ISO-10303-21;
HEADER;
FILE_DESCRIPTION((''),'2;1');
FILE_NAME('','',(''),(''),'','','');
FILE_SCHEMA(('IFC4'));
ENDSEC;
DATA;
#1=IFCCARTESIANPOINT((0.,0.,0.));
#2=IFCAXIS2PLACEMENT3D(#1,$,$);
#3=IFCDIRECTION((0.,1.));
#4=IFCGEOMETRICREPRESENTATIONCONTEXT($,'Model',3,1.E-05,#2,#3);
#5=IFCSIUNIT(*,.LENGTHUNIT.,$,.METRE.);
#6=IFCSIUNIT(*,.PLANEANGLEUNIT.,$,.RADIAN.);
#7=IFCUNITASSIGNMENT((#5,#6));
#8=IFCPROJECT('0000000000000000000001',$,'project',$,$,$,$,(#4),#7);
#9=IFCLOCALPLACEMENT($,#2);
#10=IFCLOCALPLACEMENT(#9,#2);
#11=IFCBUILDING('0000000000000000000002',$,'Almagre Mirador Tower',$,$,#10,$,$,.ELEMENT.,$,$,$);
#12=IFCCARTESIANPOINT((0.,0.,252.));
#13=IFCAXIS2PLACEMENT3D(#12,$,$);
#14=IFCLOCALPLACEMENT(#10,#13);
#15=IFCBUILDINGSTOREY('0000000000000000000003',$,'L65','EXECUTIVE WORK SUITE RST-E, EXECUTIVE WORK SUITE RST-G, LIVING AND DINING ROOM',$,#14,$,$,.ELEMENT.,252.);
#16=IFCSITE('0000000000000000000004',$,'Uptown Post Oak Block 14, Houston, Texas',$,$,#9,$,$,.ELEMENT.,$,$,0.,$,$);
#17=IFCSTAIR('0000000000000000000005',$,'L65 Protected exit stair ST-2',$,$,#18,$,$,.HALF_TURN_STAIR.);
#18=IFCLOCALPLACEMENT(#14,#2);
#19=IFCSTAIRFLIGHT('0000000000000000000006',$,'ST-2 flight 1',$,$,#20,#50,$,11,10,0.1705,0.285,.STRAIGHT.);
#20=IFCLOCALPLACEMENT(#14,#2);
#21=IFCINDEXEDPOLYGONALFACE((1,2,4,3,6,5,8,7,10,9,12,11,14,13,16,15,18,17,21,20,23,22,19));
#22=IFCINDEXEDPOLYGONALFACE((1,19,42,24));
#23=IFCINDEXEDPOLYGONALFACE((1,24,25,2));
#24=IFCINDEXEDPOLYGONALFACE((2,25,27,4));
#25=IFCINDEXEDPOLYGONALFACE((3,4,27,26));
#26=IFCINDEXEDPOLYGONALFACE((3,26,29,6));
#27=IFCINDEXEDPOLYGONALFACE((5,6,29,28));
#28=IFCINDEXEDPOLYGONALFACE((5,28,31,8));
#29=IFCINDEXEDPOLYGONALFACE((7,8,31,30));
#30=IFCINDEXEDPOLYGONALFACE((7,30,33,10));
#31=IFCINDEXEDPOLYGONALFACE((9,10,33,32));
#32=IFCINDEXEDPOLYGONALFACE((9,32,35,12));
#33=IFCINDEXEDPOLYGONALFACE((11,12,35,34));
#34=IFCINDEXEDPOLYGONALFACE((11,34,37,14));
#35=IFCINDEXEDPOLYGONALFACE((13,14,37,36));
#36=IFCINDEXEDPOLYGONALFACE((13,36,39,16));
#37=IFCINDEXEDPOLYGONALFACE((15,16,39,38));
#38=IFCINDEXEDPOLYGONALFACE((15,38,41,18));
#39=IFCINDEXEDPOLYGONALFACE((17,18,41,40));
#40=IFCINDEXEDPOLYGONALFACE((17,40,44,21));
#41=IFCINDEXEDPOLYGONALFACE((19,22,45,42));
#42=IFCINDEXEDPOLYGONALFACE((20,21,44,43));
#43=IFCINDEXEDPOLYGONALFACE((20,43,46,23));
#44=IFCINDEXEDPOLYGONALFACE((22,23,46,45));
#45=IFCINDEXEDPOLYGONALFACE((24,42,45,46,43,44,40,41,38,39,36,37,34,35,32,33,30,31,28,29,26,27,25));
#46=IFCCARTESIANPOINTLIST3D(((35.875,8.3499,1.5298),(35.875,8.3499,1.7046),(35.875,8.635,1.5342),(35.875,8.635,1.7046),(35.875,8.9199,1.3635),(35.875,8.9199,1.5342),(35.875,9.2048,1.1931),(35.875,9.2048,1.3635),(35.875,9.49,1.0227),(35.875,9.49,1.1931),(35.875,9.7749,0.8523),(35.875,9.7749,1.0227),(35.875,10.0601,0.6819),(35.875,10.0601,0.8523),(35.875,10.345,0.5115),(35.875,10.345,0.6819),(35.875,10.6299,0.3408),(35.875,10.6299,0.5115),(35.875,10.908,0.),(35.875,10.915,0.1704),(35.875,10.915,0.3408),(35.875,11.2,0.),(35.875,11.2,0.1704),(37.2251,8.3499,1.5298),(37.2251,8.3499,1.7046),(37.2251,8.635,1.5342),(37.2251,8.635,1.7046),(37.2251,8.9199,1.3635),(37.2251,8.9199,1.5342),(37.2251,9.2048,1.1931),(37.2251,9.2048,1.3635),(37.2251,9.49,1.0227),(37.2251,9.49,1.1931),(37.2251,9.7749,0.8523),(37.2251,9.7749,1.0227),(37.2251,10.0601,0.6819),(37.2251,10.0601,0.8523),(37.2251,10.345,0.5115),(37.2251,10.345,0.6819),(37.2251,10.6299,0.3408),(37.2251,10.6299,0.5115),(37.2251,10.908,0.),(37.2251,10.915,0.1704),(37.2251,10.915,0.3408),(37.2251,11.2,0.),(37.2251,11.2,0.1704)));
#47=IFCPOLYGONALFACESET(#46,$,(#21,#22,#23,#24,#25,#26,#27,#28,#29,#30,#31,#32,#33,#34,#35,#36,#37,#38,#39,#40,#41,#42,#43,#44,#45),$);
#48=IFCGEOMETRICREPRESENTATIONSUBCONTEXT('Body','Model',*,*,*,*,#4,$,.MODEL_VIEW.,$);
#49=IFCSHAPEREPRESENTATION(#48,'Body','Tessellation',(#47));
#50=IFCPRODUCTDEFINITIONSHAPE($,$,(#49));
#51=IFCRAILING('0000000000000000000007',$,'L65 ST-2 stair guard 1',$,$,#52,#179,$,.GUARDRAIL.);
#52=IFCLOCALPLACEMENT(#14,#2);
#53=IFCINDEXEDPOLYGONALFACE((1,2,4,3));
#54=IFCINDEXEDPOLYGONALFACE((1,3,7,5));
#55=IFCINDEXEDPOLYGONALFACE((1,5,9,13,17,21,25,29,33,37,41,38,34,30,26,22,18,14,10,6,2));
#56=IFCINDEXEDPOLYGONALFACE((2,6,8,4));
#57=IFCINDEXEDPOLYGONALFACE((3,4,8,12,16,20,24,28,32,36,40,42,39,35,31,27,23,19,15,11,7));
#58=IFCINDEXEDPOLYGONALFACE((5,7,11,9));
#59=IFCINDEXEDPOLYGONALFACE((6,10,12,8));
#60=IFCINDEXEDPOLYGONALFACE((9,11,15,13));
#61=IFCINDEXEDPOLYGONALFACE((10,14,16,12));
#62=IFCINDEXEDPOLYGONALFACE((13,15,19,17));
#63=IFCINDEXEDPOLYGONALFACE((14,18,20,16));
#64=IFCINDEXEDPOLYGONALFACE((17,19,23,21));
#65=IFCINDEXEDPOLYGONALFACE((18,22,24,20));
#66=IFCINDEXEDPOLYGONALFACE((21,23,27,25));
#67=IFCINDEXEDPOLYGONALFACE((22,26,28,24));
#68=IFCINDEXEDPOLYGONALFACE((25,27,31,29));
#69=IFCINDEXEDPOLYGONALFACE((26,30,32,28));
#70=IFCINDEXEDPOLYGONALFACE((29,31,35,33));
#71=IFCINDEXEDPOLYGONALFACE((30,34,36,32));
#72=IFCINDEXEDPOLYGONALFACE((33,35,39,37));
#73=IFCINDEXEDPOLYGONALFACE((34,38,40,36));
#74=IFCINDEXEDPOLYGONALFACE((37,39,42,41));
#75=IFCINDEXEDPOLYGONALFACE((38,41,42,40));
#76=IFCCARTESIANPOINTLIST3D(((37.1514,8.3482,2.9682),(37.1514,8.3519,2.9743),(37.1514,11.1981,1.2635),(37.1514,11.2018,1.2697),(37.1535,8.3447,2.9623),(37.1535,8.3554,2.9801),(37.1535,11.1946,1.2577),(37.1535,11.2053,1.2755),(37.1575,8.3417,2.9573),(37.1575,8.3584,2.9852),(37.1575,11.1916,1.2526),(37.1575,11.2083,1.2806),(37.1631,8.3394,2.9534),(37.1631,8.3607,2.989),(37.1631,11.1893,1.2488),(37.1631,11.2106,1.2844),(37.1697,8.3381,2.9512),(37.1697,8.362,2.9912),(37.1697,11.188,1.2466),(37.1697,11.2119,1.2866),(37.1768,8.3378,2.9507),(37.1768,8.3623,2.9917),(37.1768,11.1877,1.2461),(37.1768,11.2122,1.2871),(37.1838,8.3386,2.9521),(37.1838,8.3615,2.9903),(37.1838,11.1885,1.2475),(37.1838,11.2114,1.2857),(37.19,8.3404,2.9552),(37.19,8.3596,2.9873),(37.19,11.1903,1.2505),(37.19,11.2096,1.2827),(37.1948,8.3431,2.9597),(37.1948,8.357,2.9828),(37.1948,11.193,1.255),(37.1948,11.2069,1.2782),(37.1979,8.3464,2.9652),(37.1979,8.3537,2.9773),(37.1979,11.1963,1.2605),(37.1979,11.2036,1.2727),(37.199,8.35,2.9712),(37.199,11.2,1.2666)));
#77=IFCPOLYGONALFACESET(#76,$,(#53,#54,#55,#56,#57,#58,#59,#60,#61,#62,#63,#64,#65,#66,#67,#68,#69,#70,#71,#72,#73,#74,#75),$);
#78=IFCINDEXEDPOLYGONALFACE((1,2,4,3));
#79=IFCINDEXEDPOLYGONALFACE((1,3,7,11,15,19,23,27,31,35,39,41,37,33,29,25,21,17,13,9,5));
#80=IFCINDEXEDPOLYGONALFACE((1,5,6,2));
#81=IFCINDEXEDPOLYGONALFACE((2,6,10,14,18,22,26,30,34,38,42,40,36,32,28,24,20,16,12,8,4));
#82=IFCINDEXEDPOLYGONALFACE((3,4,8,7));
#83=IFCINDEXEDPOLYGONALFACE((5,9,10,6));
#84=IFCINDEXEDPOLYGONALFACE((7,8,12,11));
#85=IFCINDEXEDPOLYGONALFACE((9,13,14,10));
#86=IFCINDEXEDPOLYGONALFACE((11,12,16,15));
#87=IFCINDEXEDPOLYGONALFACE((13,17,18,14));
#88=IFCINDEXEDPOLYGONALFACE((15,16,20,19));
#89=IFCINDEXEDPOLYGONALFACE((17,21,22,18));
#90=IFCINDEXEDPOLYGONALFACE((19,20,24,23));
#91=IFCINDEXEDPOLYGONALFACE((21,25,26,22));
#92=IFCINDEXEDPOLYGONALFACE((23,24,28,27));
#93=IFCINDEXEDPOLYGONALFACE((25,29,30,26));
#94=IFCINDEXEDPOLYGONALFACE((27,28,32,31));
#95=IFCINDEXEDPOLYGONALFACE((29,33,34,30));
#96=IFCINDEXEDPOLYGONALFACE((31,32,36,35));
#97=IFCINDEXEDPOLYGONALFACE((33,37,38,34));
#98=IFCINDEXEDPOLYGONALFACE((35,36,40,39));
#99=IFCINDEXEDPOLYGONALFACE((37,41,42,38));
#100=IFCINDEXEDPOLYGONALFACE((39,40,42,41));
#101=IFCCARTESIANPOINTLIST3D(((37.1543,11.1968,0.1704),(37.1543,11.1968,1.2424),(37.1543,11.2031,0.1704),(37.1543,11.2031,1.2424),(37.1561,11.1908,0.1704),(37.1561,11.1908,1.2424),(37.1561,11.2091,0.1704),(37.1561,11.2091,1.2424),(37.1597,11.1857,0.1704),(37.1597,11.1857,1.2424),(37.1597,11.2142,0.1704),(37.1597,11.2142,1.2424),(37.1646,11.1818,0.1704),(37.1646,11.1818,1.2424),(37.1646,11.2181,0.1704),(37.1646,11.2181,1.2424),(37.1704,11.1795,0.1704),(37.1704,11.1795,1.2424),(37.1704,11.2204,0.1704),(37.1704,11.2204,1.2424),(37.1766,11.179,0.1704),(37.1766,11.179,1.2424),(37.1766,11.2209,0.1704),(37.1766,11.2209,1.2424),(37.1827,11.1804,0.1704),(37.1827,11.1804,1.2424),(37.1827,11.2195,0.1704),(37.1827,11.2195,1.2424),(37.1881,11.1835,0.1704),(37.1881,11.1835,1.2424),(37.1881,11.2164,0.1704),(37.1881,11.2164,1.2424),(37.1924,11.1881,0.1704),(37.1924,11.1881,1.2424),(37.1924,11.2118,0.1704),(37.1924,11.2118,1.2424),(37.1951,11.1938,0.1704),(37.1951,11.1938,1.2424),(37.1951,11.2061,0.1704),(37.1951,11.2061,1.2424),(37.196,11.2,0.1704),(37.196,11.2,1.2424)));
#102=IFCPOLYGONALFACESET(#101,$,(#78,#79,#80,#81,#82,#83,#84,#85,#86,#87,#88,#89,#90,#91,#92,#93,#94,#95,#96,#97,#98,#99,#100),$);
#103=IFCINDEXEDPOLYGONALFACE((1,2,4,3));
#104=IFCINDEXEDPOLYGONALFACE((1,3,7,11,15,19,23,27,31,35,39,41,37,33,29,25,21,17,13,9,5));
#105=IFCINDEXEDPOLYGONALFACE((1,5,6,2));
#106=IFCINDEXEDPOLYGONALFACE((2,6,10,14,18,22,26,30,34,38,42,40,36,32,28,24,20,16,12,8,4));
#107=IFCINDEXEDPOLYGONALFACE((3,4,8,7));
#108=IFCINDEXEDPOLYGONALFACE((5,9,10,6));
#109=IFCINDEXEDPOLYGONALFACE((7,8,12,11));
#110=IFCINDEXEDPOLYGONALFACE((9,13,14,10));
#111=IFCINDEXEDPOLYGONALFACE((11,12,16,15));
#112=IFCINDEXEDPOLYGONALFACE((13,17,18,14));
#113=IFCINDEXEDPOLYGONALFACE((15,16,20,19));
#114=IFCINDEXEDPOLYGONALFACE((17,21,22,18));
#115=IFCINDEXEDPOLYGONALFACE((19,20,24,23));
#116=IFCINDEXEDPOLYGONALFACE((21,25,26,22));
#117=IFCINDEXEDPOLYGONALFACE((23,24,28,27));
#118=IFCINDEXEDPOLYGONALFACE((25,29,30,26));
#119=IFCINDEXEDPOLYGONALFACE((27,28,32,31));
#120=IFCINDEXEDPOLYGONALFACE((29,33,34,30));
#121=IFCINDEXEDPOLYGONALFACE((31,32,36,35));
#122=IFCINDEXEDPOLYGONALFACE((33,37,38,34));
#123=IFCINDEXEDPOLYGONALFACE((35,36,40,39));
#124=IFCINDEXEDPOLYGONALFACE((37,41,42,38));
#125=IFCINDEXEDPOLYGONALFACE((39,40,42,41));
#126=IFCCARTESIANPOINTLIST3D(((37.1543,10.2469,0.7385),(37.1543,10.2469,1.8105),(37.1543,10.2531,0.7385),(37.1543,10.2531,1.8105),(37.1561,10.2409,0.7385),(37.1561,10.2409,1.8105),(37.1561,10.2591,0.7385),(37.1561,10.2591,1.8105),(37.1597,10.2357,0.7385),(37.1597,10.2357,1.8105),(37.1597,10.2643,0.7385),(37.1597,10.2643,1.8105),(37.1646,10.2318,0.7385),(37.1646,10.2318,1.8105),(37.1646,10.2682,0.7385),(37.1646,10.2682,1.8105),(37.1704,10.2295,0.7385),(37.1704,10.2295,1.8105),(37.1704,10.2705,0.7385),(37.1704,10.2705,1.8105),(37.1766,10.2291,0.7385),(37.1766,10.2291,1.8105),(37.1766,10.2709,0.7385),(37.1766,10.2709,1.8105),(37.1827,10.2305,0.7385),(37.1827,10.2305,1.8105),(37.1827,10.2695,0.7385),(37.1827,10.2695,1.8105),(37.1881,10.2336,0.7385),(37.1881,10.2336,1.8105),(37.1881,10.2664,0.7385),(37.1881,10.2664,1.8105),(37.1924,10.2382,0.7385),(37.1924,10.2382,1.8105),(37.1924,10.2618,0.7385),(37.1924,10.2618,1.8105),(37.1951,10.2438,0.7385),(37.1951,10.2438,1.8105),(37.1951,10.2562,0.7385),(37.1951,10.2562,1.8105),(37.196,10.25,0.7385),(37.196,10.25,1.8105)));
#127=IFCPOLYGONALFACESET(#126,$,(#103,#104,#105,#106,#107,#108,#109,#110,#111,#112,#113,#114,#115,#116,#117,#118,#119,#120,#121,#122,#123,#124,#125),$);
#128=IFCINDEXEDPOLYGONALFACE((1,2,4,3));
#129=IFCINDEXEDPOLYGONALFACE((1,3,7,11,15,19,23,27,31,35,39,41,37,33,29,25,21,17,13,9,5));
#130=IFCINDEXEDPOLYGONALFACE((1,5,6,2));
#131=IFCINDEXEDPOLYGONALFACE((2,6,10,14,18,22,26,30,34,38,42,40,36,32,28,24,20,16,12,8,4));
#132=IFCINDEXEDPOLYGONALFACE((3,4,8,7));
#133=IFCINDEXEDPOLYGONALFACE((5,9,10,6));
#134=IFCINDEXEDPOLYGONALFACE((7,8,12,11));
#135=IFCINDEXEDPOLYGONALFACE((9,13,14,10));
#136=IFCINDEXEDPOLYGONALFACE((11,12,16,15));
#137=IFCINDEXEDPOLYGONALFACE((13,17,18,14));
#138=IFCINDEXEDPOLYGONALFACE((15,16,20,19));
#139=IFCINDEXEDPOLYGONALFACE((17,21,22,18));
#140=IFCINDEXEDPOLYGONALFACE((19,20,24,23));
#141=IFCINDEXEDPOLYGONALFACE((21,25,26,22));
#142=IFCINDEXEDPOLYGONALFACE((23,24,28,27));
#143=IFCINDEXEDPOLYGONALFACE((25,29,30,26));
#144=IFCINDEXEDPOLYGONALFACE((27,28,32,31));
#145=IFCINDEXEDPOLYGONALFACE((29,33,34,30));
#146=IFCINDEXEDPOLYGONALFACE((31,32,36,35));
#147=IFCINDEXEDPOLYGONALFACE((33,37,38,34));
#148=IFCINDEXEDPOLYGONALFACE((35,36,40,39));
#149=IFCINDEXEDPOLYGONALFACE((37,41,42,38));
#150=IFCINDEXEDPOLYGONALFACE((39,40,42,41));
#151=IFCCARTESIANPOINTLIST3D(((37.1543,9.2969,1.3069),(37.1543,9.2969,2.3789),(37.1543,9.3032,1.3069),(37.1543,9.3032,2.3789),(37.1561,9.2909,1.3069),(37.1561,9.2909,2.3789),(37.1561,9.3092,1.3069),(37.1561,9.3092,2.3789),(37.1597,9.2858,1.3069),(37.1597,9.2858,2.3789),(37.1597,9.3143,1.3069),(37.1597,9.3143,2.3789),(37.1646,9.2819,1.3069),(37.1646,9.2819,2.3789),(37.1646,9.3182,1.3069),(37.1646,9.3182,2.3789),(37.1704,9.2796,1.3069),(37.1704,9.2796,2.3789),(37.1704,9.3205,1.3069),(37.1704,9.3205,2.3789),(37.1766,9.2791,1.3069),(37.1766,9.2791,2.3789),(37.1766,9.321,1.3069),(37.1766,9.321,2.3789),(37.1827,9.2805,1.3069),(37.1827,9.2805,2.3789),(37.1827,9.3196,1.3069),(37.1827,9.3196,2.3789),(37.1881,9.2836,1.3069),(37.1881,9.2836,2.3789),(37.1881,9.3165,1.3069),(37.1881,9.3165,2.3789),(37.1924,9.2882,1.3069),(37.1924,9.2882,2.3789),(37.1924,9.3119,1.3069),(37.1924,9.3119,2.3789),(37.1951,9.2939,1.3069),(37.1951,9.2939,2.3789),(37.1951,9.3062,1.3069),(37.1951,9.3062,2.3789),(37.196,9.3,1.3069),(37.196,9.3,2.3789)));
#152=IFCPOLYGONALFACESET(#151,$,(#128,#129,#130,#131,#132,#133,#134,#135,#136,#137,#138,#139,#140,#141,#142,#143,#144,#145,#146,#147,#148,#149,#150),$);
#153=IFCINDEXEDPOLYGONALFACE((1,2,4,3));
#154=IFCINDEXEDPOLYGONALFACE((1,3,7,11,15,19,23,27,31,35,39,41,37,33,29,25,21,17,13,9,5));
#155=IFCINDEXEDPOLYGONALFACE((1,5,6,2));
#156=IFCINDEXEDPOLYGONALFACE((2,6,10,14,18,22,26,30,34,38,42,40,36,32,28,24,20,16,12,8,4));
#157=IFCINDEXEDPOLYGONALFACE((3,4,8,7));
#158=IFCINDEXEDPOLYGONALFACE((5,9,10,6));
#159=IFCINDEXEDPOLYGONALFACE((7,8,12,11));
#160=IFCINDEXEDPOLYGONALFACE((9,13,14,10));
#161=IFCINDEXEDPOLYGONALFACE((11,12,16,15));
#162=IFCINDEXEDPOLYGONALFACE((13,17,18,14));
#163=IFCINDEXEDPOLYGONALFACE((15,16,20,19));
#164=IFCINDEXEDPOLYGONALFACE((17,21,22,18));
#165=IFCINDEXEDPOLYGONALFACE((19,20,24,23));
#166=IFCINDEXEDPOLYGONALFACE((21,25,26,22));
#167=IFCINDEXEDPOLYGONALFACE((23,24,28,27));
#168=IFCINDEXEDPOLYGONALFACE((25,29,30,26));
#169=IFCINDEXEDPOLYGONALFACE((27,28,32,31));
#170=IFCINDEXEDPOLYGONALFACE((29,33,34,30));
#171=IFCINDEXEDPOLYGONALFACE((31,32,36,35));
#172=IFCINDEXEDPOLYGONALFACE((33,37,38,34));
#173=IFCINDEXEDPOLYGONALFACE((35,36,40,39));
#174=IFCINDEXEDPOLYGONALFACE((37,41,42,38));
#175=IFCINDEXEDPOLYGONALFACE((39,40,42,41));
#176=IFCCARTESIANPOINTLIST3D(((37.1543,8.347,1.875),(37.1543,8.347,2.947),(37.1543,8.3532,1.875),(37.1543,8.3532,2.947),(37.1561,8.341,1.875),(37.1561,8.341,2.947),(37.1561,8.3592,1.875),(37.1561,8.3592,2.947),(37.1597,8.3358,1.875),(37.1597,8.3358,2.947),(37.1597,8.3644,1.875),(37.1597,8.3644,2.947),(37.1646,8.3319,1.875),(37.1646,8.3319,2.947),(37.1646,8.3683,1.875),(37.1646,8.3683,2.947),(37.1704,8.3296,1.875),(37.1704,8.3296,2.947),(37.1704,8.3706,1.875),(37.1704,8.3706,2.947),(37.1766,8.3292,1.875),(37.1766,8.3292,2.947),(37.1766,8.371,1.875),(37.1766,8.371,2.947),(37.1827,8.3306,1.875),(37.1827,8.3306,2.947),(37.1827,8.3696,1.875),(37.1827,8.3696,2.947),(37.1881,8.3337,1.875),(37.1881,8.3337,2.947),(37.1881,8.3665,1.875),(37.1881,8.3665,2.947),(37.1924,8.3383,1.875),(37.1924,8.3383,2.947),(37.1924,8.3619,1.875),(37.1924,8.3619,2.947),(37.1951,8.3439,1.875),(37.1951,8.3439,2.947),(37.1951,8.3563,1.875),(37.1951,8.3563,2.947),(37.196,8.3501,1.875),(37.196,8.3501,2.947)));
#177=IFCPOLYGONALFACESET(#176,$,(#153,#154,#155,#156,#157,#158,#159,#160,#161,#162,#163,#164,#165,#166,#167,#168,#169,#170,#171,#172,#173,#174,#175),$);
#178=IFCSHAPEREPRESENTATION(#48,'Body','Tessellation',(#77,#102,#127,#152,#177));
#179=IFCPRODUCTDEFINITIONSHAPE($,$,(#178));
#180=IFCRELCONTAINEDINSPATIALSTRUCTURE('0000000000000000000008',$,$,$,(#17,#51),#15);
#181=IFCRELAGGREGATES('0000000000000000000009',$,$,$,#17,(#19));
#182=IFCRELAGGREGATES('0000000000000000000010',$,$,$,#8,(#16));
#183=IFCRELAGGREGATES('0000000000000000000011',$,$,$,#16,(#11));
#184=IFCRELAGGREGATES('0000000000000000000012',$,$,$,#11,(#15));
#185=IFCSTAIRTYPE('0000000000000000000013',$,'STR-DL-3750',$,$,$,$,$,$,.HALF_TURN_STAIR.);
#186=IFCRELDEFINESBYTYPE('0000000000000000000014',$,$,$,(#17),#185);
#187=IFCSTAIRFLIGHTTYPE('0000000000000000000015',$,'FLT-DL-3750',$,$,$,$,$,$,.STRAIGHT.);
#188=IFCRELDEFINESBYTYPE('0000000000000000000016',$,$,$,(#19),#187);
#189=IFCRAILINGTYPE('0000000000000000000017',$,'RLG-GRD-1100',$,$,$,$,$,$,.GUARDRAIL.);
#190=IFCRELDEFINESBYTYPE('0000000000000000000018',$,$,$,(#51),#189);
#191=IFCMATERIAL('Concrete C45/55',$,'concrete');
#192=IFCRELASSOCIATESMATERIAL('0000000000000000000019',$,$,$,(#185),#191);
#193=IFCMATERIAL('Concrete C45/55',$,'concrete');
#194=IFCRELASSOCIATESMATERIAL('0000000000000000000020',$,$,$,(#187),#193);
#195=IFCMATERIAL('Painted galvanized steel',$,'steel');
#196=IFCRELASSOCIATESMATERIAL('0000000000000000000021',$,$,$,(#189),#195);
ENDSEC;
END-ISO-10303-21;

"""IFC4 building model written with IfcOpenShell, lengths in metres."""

from ifc_helpers import new_model, si_unit, direction, frame, origin, origin_2d, place, context, subcontext, project, spatial, polyline, circle, outline, extrude, material, type_object, element, aggregate, save


model = new_model("IFC4")

# Units and contexts
model_context = context("Model", 3, precision=1e-05, world=origin(), true_north=direction((0.0, 1.0)))
body_context = subcontext(model_context, "Body", "Model", "MODEL_VIEW")
ifc_project = project(units=[si_unit("LENGTHUNIT", "METRE"), si_unit("PLANEANGLEUNIT", "RADIAN")], contexts=[model_context])

# Site, building, storey
site_placement = place(None, origin())
site = spatial("IfcSite", under=ifc_project, at=site_placement, Name="Uptown Post Oak Block 14, Houston, Texas", CompositionType="ELEMENT", RefElevation=0.0)
building_placement = place(site_placement, origin())
building = spatial("IfcBuilding", under=site, at=building_placement, Name="Almagre Mirador Tower", CompositionType="ELEMENT")
storey_placement = place(building_placement, frame((0.0, 0.0, 252.0)))
storey = spatial("IfcBuildingStorey", under=building, at=storey_placement, Name="L65", Description="EXECUTIVE WORK SUITE RST-E, EXECUTIVE WORK SUITE RST-G, LIVING AND DINING ROOM", CompositionType="ELEMENT", Elevation=252.0)

# Stair, stair flight
ifc_material_1 = material(Name="Concrete C45/55", Category="concrete")
stair_type = type_object("IfcStairType", Name="STR-DL-3750", PredefinedType="HALF_TURN_STAIR", material=ifc_material_1)
ifc_material_2 = material(Name="Concrete C45/55", Category="concrete")
stair_flight_type = type_object("IfcStairFlightType", Name="FLT-DL-3750", PredefinedType="STRAIGHT", material=ifc_material_2)
stair_1_placement = place(storey_placement, origin())
stair_1 = element("IfcStair", 1, at=stair_1_placement, inside=storey, type_object=stair_type, Name="L65 Protected exit stair ST-2", PredefinedType="HALF_TURN_STAIR")
stair_flight_1_placement = place(storey_placement, frame((36.55, 11.2, 0.0), z_axis=(0.0, 0.0, 1.0), x_axis=(0.0, -1.0, 0.0)))
stair_flight_1 = element("IfcStairFlight", 2, at=stair_flight_1_placement, type_object=stair_flight_type, Name="ST-2 flight 1", NumberOfRisers=11, NumberOfTreads=10, PredefinedType="STRAIGHT", RiserHeight=0.1705, TreadLength=0.285, context=body_context, shape_type="SweptSolid", body=[
    extrude(outline(polyline([(0.0, 0.0), (0.0, 0.1704), (0.2849, 0.1704), (0.2849, 0.3408), (0.5701, 0.3408), (0.5701, 0.5115), (0.855, 0.5115), (0.855, 0.6819), (1.1399, 0.6819), (1.1399, 0.8523), (1.425, 0.8523), (1.425, 1.0227), (1.71, 1.0227), (1.71, 1.1931), (1.9951, 1.1931), (1.9951, 1.3635), (2.28, 1.3635), (2.28, 1.5342), (2.5649, 1.5342), (2.5649, 1.7046), (2.8501, 1.7046), (2.8501, 1.875), (2.8501, 1.5298), (0.292, 0.0), (0.0, 0.0)])), frame((0.0, 0.675, 0.0), z_axis=(0.0, -1.0, 0.0), x_axis=(1.0, 0.0, 0.0)), (0.0, 0.0, 1.0), 1.3501),
])
aggregate(stair_1, [stair_flight_1])

# Railing
ifc_material_3 = material(Name="Painted galvanized steel", Category="steel")
railing_type_1 = type_object("IfcRailingType", Name="RLG-GRD-1100", PredefinedType="GUARDRAIL", material=ifc_material_3)
railing_1_placement = place(storey_placement, frame((37.175, 11.2, 0.1704)))
element("IfcRailing", 3, at=railing_1_placement, inside=storey, type_object=railing_type_1, Name="L65 ST-2 stair guard 1", PredefinedType="GUARDRAIL", context=body_context, shape_type="SweptSolid", body=[
    extrude(circle(Radius=0.0239, at=origin_2d()), frame((0.0, 0.0, 1.0962), z_axis=(0.0, -0.858199, 0.513317), x_axis=(1.0, 0.0, 0.0)), (0.0, 0.0, 1.0), 3.3208),
    extrude(circle(Radius=0.021, at=origin_2d()), origin(), (0.0, 0.0, 1.0), 1.072),
    extrude(circle(Radius=0.021, at=origin_2d()), frame((0.0, -0.95, 0.5681)), (0.0, 0.0, 1.0), 1.072),
    extrude(circle(Radius=0.021, at=origin_2d()), frame((0.0, -1.8999, 1.1365)), (0.0, 0.0, 1.0), 1.072),
    extrude(circle(Radius=0.021, at=origin_2d()), frame((0.0, -2.8499, 1.7046)), (0.0, 0.0, 1.0), 1.072),
])

save(model, "model.ifc")
